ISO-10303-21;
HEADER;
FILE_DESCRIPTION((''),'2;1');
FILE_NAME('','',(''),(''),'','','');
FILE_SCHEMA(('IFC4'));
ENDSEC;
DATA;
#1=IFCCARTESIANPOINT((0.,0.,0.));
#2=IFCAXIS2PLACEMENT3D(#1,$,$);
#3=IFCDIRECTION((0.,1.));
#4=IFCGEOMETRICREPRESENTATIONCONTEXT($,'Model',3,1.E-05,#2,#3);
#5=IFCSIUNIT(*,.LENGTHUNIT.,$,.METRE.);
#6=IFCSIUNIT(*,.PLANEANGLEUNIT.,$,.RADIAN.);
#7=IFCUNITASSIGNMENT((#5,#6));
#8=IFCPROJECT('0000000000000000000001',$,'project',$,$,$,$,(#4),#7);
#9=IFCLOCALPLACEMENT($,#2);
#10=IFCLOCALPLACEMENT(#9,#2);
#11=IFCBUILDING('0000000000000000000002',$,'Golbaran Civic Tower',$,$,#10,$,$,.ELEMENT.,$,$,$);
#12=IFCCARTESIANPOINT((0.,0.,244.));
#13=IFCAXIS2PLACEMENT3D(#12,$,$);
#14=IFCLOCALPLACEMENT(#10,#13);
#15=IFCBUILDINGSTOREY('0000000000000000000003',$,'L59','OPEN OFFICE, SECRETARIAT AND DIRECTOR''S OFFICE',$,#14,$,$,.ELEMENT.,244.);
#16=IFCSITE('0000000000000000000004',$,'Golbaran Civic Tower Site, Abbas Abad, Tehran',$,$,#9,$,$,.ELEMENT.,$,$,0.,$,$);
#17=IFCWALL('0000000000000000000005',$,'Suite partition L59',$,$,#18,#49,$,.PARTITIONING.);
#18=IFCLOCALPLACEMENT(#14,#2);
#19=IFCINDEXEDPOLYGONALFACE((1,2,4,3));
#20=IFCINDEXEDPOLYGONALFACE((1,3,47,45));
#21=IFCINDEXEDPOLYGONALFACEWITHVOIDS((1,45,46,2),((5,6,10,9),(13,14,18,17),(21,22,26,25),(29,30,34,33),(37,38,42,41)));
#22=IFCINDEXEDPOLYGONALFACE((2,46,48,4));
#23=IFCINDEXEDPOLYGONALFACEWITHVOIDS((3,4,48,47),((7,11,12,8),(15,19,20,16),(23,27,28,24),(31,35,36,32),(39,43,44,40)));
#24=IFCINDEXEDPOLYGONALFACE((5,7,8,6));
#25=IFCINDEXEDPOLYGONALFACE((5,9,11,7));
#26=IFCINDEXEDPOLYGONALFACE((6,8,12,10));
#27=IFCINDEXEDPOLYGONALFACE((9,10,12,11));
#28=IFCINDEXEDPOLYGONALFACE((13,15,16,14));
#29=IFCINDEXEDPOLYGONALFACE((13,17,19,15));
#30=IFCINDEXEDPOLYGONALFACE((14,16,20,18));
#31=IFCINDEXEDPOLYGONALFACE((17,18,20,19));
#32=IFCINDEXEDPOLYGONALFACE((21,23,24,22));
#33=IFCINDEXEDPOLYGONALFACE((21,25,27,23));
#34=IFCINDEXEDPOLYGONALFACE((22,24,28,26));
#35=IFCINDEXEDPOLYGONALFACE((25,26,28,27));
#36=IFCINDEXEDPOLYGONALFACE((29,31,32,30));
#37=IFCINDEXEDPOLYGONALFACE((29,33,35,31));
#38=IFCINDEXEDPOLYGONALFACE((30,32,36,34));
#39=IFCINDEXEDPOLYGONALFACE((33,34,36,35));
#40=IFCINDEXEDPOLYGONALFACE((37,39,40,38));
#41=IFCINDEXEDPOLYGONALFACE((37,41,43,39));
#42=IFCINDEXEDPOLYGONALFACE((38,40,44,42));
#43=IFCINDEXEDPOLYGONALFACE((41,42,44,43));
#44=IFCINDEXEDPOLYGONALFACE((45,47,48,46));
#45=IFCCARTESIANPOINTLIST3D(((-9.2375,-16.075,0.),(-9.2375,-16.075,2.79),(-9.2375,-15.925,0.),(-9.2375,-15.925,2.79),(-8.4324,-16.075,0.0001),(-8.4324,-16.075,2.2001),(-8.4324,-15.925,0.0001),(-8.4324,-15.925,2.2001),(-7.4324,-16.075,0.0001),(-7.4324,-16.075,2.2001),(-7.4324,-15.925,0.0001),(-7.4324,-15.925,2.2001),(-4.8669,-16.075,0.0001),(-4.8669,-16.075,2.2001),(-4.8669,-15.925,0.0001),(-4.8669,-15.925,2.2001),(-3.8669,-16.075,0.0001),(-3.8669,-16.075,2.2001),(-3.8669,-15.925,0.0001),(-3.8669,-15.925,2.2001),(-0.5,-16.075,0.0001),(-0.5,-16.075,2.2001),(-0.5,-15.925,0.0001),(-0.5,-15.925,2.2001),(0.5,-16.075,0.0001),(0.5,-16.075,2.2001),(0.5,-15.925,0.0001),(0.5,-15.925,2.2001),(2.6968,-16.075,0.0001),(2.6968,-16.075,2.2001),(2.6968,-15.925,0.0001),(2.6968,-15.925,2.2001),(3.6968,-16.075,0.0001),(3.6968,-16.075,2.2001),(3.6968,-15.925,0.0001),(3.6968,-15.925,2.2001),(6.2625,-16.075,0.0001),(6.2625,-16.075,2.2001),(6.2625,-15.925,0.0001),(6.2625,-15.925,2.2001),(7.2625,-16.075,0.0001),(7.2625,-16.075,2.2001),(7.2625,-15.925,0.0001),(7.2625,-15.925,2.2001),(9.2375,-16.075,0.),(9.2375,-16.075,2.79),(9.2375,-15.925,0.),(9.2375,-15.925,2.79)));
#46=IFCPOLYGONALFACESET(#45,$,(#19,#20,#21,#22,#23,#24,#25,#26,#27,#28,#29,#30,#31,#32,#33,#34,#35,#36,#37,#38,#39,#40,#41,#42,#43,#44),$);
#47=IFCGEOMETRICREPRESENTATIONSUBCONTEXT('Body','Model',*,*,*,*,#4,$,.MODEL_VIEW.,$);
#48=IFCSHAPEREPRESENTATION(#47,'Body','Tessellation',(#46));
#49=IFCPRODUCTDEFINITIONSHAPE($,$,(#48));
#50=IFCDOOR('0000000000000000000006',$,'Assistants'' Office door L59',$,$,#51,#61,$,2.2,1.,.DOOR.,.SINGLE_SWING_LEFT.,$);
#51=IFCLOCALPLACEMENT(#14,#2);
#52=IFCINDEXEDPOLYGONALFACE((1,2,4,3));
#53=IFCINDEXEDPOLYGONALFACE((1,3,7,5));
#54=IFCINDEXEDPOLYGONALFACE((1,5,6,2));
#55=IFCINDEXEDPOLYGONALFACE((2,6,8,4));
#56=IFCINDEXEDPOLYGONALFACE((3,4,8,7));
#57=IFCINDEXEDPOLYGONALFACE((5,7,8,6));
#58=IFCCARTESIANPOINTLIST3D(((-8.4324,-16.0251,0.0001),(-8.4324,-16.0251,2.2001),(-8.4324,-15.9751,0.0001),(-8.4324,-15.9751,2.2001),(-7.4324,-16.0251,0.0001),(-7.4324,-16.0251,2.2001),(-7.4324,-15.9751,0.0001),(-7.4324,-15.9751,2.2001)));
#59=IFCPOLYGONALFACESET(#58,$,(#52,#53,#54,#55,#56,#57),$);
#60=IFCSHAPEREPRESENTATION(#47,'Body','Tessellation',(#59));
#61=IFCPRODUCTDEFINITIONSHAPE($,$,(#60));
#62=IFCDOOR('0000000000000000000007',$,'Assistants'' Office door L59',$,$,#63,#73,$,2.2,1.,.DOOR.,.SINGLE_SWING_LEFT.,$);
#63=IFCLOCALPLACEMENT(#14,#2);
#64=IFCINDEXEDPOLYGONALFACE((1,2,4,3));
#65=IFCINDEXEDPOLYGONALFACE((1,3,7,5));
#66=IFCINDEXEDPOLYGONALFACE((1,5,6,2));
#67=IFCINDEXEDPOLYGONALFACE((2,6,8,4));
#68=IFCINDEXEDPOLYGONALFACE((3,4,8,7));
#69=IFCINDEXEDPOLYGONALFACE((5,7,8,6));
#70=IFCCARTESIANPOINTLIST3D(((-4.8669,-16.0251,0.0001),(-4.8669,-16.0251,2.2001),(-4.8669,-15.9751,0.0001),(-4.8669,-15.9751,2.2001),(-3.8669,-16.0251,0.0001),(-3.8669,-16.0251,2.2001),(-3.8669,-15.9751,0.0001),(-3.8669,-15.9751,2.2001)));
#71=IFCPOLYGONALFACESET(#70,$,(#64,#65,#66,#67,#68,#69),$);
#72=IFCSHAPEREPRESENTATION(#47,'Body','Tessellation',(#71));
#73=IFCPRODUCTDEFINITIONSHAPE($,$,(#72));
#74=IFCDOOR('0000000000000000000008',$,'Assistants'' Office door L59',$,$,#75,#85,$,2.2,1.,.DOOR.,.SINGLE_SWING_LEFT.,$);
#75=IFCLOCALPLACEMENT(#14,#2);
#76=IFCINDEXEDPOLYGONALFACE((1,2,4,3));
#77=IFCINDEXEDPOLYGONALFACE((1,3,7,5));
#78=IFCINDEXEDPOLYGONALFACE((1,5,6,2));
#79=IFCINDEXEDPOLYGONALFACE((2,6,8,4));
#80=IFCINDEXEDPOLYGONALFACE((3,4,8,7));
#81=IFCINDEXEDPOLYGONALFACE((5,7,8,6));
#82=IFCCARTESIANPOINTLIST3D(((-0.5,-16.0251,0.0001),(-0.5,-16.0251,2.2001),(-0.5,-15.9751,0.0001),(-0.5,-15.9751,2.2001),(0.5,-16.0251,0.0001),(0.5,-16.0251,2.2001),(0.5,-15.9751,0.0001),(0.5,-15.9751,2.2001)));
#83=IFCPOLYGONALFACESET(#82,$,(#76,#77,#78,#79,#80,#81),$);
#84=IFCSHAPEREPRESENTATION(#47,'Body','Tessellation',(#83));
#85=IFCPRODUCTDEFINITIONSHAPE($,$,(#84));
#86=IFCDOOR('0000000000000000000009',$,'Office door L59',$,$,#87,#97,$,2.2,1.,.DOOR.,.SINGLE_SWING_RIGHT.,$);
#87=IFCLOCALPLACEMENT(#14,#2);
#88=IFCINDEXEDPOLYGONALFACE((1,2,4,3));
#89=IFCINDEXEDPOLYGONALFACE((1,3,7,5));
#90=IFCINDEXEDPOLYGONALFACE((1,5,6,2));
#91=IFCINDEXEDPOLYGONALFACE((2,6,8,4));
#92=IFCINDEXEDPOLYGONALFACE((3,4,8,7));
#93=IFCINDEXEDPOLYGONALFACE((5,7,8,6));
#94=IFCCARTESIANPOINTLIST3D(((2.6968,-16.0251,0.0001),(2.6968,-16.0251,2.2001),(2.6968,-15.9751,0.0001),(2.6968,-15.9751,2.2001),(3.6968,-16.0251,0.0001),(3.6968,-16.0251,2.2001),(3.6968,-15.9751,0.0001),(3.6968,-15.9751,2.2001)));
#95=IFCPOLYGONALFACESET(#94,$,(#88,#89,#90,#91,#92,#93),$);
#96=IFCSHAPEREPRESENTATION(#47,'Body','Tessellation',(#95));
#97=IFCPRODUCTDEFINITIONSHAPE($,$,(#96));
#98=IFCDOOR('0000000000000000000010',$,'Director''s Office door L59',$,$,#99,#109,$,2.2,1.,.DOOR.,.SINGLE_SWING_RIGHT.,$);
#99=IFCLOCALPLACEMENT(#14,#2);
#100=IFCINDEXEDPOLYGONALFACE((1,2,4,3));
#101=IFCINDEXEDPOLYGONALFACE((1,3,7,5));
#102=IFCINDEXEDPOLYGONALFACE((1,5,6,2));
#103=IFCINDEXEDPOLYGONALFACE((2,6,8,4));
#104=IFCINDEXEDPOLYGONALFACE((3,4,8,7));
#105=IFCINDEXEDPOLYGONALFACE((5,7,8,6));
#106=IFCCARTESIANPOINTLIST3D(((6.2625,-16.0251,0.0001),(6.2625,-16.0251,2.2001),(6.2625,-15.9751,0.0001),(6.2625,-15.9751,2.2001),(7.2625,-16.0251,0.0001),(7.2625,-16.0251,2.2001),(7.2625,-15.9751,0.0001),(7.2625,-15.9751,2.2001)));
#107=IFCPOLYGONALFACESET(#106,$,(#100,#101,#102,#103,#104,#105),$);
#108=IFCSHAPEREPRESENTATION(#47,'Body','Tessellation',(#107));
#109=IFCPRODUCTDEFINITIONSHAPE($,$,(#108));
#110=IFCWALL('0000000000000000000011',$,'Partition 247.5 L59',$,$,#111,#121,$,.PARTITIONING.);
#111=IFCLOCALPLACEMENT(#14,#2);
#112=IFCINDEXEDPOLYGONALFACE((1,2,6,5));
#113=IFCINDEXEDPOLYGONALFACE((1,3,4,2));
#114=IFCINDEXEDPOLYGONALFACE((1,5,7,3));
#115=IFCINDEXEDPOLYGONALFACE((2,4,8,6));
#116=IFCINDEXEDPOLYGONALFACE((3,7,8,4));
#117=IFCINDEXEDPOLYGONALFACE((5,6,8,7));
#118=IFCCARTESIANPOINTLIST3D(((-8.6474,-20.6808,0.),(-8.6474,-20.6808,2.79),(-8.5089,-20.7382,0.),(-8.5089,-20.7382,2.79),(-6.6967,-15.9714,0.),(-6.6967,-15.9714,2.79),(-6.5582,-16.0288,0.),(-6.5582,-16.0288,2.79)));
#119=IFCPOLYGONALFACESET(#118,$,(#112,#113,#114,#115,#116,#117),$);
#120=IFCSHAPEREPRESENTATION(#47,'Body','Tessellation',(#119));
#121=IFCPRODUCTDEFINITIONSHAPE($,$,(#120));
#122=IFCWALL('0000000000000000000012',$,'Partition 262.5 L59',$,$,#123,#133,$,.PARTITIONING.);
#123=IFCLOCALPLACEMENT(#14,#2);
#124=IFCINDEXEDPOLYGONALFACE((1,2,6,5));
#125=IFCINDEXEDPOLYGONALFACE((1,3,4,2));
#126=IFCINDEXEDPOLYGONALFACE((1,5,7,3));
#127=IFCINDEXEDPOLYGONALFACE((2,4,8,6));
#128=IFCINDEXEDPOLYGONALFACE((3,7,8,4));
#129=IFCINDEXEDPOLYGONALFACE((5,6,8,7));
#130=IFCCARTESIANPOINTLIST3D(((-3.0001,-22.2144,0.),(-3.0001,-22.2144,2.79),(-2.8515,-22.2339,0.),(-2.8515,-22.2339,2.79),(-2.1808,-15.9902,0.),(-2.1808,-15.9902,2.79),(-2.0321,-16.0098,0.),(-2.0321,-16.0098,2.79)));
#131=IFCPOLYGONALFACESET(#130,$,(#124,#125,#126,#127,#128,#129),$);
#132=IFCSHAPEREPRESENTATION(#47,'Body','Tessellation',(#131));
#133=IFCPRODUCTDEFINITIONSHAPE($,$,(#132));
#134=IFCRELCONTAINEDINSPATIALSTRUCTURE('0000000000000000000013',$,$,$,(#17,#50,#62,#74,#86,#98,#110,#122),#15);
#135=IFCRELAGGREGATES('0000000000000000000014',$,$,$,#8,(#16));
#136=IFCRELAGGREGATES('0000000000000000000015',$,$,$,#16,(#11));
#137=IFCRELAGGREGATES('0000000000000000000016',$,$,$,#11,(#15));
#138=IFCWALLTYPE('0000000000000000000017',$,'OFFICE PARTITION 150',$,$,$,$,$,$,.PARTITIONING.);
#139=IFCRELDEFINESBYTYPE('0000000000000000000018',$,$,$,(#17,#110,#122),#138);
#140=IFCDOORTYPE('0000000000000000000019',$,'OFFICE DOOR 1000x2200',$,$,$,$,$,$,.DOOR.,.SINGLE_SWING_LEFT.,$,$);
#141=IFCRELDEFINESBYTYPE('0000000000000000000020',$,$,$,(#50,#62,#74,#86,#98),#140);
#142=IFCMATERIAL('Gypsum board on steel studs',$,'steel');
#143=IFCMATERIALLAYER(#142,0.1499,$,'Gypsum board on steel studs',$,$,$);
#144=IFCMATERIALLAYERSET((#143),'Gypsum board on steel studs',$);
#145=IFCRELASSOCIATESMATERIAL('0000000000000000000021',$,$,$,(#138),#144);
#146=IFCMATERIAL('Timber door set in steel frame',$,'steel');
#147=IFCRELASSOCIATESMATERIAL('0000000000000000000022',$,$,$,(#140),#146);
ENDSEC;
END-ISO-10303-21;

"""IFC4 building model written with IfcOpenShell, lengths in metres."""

from ifc_helpers import new_model, si_unit, direction, frame, frame_2d, origin, place, context, subcontext, project, spatial, rectangle, extrude, material, layer, layer_set, type_object, element, fill, save


model = new_model("IFC4")

# Units and contexts
model_context = context("Model", 3, precision=1e-05, world=origin(), true_north=direction((0.0, 1.0)))
body_context = subcontext(model_context, "Body", "Model", "MODEL_VIEW")
ifc_project = project(units=[si_unit("LENGTHUNIT", "METRE"), si_unit("PLANEANGLEUNIT", "RADIAN")], contexts=[model_context])

# Site, building, storey
site_placement = place(None, origin())
site = spatial("IfcSite", under=ifc_project, at=site_placement, Name="Golbaran Civic Tower Site, Abbas Abad, Tehran", CompositionType="ELEMENT", RefElevation=0.0)
building_placement = place(site_placement, origin())
building = spatial("IfcBuilding", under=site, at=building_placement, Name="Golbaran Civic Tower", CompositionType="ELEMENT")
storey_placement = place(building_placement, frame((0.0, 0.0, 244.0)))
storey = spatial("IfcBuildingStorey", under=building, at=storey_placement, Name="L59", Description="OPEN OFFICE, SECRETARIAT AND DIRECTOR'S OFFICE", CompositionType="ELEMENT", Elevation=244.0)

# Shared definitions
ifc_material_1 = material(Name="Timber door set in steel frame", Category="steel")

# Shared definitions
ifc_material_2 = material(Name="Gypsum board on steel studs", Category="steel")
ifc_layer_1 = layer(ifc_material_2, 0.1499, Name="Gypsum board on steel studs")
ifc_layer_set_1 = layer_set([ifc_layer_1], Name="Gypsum board on steel studs")
wall_type_1 = type_object("IfcWallType", Name="OFFICE PARTITION 150", PredefinedType="PARTITIONING", material=ifc_layer_set_1)

# Wall, openings, doors
wall_1_placement = place(storey_placement, frame((-9.2375, -16.0, 0.0), z_axis=(0.0, 0.0, 1.0), x_axis=(1.0, 0.0, 0.0)))
wall_1 = element("IfcWall", 1, at=wall_1_placement, inside=storey, type_object=wall_type_1, Name="Suite partition L59", PredefinedType="PARTITIONING", context=body_context, shape_type="SweptSolid", body=[
    extrude(rectangle(XDim=18.4751, YDim=0.1499, at=frame_2d((9.2375, 0.0))), origin(), (0.0, 0.0, 1.0), 2.79),
])
opening_1_placement = place(wall_1_placement, frame((0.8052, 0.0, 0.0)))
opening_1 = element("IfcOpeningElement", 2, at=opening_1_placement, cuts=wall_1, PredefinedType="OPENING", context=body_context, shape_type="SweptSolid", body=[
    extrude(rectangle(XDim=1.0, YDim=2.2, at=frame_2d((0.5, 1.1001))), frame((0.0, 0.085, 0.0), z_axis=(0.0, -1.0, 0.0), x_axis=(1.0, 0.0, 0.0)), (0.0, 0.0, 1.0), 0.1699),
])
opening_2_placement = place(wall_1_placement, frame((4.3706, 0.0, 0.0)))
opening_2 = element("IfcOpeningElement", 3, at=opening_2_placement, cuts=wall_1, PredefinedType="OPENING", context=body_context, shape_type="SweptSolid", body=[
    extrude(rectangle(XDim=1.0, YDim=2.2, at=frame_2d((0.5, 1.1001))), frame((0.0, 0.085, 0.0), z_axis=(0.0, -1.0, 0.0), x_axis=(1.0, 0.0, 0.0)), (0.0, 0.0, 1.0), 0.1699),
])
opening_3_placement = place(wall_1_placement, frame((8.7375, 0.0, 0.0)))
opening_3 = element("IfcOpeningElement", 4, at=opening_3_placement, cuts=wall_1, PredefinedType="OPENING", context=body_context, shape_type="SweptSolid", body=[
    extrude(rectangle(XDim=1.0, YDim=2.2, at=frame_2d((0.5, 1.1001))), frame((0.0, 0.085, 0.0), z_axis=(0.0, -1.0, 0.0), x_axis=(1.0, 0.0, 0.0)), (0.0, 0.0, 1.0), 0.1699),
])
opening_4_placement = place(wall_1_placement, frame((11.9343, 0.0, 0.0)))
opening_4 = element("IfcOpeningElement", 5, at=opening_4_placement, cuts=wall_1, PredefinedType="OPENING", context=body_context, shape_type="SweptSolid", body=[
    extrude(rectangle(XDim=1.0, YDim=2.2, at=frame_2d((0.5, 1.1001))), frame((0.0, 0.085, 0.0), z_axis=(0.0, -1.0, 0.0), x_axis=(1.0, 0.0, 0.0)), (0.0, 0.0, 1.0), 0.1699),
])
opening_5_placement = place(wall_1_placement, frame((15.5, 0.0, 0.0)))
opening_5 = element("IfcOpeningElement", 6, at=opening_5_placement, cuts=wall_1, PredefinedType="OPENING", context=body_context, shape_type="SweptSolid", body=[
    extrude(rectangle(XDim=1.0, YDim=2.2, at=frame_2d((0.5, 1.1001))), frame((0.0, 0.085, 0.0), z_axis=(0.0, -1.0, 0.0), x_axis=(1.0, 0.0, 0.0)), (0.0, 0.0, 1.0), 0.1699),
])
door_type_1 = type_object("IfcDoorType", Name="OFFICE DOOR 1000x2200", OperationType="SINGLE_SWING_LEFT", PredefinedType="DOOR", material=ifc_material_1)
door_1_placement = place(opening_1_placement, origin())
door_1 = element("IfcDoor", 7, at=door_1_placement, inside=storey, type_object=door_type_1, Name="Assistants' Office door L59", OperationType="SINGLE_SWING_LEFT", OverallHeight=2.2, OverallWidth=1.0, PredefinedType="DOOR", context=body_context, shape_type="SweptSolid", body=[
    extrude(rectangle(XDim=1.0, YDim=2.2, at=frame_2d((0.5, 1.1001))), frame((0.0, 0.0249, 0.0), z_axis=(0.0, -1.0, 0.0), x_axis=(1.0, 0.0, 0.0)), (0.0, 0.0, 1.0), 0.05),
])
fill(opening_1, door_1)
door_2_placement = place(opening_2_placement, origin())
door_2 = element("IfcDoor", 8, at=door_2_placement, inside=storey, type_object=door_type_1, Name="Assistants' Office door L59", OperationType="SINGLE_SWING_LEFT", OverallHeight=2.2, OverallWidth=1.0, PredefinedType="DOOR", context=body_context, shape_type="SweptSolid", body=[
    extrude(rectangle(XDim=1.0, YDim=2.2, at=frame_2d((0.5, 1.1001))), frame((0.0, 0.0249, 0.0), z_axis=(0.0, -1.0, 0.0), x_axis=(1.0, 0.0, 0.0)), (0.0, 0.0, 1.0), 0.05),
])
fill(opening_2, door_2)
door_3_placement = place(opening_3_placement, origin())
door_3 = element("IfcDoor", 9, at=door_3_placement, inside=storey, type_object=door_type_1, Name="Assistants' Office door L59", OperationType="SINGLE_SWING_LEFT", OverallHeight=2.2, OverallWidth=1.0, PredefinedType="DOOR", context=body_context, shape_type="SweptSolid", body=[
    extrude(rectangle(XDim=1.0, YDim=2.2, at=frame_2d((0.5, 1.1001))), frame((0.0, 0.0249, 0.0), z_axis=(0.0, -1.0, 0.0), x_axis=(1.0, 0.0, 0.0)), (0.0, 0.0, 1.0), 0.05),
])
fill(opening_3, door_3)
door_4_placement = place(opening_4_placement, origin())
door_4 = element("IfcDoor", 10, at=door_4_placement, inside=storey, type_object=door_type_1, Name="Office door L59", OperationType="SINGLE_SWING_RIGHT", OverallHeight=2.2, OverallWidth=1.0, PredefinedType="DOOR", context=body_context, shape_type="SweptSolid", body=[
    extrude(rectangle(XDim=1.0, YDim=2.2, at=frame_2d((0.5, 1.1001))), frame((0.0, 0.0249, 0.0), z_axis=(0.0, -1.0, 0.0), x_axis=(1.0, 0.0, 0.0)), (0.0, 0.0, 1.0), 0.05),
])
fill(opening_4, door_4)
door_5_placement = place(opening_5_placement, origin())
door_5 = element("IfcDoor", 11, at=door_5_placement, inside=storey, type_object=door_type_1, Name="Director's Office door L59", OperationType="SINGLE_SWING_RIGHT", OverallHeight=2.2, OverallWidth=1.0, PredefinedType="DOOR", context=body_context, shape_type="SweptSolid", body=[
    extrude(rectangle(XDim=1.0, YDim=2.2, at=frame_2d((0.5, 1.1001))), frame((0.0, 0.0249, 0.0), z_axis=(0.0, -1.0, 0.0), x_axis=(1.0, 0.0, 0.0)), (0.0, 0.0, 1.0), 0.05),
])
fill(opening_5, door_5)

# Walls
wall_2_placement = place(storey_placement, frame((-6.6274, -16.0, 0.0), z_axis=(0.0, 0.0, 1.0), x_axis=(-0.382676, -0.923883, 0.0)))
element("IfcWall", 12, at=wall_2_placement, inside=storey, type_object=wall_type_1, Name="Partition 247.5 L59", PredefinedType="PARTITIONING", context=body_context, shape_type="SweptSolid", body=[
    extrude(rectangle(XDim=5.0974, YDim=0.1499, at=frame_2d((2.5488, 0.0))), origin(), (0.0, 0.0, 1.0), 2.79),
])
wall_3_placement = place(storey_placement, frame((-2.1064, -16.0, 0.0), z_axis=(0.0, 0.0, 1.0), x_axis=(-0.130513, -0.991447, 0.0)))
element("IfcWall", 13, at=wall_3_placement, inside=storey, type_object=wall_type_1, Name="Partition 262.5 L59", PredefinedType="PARTITIONING", context=body_context, shape_type="SweptSolid", body=[
    extrude(rectangle(XDim=6.2778, YDim=0.1499, at=frame_2d((3.1389, 0.0))), origin(), (0.0, 0.0, 1.0), 2.79),
])

save(model, "model.ifc")
